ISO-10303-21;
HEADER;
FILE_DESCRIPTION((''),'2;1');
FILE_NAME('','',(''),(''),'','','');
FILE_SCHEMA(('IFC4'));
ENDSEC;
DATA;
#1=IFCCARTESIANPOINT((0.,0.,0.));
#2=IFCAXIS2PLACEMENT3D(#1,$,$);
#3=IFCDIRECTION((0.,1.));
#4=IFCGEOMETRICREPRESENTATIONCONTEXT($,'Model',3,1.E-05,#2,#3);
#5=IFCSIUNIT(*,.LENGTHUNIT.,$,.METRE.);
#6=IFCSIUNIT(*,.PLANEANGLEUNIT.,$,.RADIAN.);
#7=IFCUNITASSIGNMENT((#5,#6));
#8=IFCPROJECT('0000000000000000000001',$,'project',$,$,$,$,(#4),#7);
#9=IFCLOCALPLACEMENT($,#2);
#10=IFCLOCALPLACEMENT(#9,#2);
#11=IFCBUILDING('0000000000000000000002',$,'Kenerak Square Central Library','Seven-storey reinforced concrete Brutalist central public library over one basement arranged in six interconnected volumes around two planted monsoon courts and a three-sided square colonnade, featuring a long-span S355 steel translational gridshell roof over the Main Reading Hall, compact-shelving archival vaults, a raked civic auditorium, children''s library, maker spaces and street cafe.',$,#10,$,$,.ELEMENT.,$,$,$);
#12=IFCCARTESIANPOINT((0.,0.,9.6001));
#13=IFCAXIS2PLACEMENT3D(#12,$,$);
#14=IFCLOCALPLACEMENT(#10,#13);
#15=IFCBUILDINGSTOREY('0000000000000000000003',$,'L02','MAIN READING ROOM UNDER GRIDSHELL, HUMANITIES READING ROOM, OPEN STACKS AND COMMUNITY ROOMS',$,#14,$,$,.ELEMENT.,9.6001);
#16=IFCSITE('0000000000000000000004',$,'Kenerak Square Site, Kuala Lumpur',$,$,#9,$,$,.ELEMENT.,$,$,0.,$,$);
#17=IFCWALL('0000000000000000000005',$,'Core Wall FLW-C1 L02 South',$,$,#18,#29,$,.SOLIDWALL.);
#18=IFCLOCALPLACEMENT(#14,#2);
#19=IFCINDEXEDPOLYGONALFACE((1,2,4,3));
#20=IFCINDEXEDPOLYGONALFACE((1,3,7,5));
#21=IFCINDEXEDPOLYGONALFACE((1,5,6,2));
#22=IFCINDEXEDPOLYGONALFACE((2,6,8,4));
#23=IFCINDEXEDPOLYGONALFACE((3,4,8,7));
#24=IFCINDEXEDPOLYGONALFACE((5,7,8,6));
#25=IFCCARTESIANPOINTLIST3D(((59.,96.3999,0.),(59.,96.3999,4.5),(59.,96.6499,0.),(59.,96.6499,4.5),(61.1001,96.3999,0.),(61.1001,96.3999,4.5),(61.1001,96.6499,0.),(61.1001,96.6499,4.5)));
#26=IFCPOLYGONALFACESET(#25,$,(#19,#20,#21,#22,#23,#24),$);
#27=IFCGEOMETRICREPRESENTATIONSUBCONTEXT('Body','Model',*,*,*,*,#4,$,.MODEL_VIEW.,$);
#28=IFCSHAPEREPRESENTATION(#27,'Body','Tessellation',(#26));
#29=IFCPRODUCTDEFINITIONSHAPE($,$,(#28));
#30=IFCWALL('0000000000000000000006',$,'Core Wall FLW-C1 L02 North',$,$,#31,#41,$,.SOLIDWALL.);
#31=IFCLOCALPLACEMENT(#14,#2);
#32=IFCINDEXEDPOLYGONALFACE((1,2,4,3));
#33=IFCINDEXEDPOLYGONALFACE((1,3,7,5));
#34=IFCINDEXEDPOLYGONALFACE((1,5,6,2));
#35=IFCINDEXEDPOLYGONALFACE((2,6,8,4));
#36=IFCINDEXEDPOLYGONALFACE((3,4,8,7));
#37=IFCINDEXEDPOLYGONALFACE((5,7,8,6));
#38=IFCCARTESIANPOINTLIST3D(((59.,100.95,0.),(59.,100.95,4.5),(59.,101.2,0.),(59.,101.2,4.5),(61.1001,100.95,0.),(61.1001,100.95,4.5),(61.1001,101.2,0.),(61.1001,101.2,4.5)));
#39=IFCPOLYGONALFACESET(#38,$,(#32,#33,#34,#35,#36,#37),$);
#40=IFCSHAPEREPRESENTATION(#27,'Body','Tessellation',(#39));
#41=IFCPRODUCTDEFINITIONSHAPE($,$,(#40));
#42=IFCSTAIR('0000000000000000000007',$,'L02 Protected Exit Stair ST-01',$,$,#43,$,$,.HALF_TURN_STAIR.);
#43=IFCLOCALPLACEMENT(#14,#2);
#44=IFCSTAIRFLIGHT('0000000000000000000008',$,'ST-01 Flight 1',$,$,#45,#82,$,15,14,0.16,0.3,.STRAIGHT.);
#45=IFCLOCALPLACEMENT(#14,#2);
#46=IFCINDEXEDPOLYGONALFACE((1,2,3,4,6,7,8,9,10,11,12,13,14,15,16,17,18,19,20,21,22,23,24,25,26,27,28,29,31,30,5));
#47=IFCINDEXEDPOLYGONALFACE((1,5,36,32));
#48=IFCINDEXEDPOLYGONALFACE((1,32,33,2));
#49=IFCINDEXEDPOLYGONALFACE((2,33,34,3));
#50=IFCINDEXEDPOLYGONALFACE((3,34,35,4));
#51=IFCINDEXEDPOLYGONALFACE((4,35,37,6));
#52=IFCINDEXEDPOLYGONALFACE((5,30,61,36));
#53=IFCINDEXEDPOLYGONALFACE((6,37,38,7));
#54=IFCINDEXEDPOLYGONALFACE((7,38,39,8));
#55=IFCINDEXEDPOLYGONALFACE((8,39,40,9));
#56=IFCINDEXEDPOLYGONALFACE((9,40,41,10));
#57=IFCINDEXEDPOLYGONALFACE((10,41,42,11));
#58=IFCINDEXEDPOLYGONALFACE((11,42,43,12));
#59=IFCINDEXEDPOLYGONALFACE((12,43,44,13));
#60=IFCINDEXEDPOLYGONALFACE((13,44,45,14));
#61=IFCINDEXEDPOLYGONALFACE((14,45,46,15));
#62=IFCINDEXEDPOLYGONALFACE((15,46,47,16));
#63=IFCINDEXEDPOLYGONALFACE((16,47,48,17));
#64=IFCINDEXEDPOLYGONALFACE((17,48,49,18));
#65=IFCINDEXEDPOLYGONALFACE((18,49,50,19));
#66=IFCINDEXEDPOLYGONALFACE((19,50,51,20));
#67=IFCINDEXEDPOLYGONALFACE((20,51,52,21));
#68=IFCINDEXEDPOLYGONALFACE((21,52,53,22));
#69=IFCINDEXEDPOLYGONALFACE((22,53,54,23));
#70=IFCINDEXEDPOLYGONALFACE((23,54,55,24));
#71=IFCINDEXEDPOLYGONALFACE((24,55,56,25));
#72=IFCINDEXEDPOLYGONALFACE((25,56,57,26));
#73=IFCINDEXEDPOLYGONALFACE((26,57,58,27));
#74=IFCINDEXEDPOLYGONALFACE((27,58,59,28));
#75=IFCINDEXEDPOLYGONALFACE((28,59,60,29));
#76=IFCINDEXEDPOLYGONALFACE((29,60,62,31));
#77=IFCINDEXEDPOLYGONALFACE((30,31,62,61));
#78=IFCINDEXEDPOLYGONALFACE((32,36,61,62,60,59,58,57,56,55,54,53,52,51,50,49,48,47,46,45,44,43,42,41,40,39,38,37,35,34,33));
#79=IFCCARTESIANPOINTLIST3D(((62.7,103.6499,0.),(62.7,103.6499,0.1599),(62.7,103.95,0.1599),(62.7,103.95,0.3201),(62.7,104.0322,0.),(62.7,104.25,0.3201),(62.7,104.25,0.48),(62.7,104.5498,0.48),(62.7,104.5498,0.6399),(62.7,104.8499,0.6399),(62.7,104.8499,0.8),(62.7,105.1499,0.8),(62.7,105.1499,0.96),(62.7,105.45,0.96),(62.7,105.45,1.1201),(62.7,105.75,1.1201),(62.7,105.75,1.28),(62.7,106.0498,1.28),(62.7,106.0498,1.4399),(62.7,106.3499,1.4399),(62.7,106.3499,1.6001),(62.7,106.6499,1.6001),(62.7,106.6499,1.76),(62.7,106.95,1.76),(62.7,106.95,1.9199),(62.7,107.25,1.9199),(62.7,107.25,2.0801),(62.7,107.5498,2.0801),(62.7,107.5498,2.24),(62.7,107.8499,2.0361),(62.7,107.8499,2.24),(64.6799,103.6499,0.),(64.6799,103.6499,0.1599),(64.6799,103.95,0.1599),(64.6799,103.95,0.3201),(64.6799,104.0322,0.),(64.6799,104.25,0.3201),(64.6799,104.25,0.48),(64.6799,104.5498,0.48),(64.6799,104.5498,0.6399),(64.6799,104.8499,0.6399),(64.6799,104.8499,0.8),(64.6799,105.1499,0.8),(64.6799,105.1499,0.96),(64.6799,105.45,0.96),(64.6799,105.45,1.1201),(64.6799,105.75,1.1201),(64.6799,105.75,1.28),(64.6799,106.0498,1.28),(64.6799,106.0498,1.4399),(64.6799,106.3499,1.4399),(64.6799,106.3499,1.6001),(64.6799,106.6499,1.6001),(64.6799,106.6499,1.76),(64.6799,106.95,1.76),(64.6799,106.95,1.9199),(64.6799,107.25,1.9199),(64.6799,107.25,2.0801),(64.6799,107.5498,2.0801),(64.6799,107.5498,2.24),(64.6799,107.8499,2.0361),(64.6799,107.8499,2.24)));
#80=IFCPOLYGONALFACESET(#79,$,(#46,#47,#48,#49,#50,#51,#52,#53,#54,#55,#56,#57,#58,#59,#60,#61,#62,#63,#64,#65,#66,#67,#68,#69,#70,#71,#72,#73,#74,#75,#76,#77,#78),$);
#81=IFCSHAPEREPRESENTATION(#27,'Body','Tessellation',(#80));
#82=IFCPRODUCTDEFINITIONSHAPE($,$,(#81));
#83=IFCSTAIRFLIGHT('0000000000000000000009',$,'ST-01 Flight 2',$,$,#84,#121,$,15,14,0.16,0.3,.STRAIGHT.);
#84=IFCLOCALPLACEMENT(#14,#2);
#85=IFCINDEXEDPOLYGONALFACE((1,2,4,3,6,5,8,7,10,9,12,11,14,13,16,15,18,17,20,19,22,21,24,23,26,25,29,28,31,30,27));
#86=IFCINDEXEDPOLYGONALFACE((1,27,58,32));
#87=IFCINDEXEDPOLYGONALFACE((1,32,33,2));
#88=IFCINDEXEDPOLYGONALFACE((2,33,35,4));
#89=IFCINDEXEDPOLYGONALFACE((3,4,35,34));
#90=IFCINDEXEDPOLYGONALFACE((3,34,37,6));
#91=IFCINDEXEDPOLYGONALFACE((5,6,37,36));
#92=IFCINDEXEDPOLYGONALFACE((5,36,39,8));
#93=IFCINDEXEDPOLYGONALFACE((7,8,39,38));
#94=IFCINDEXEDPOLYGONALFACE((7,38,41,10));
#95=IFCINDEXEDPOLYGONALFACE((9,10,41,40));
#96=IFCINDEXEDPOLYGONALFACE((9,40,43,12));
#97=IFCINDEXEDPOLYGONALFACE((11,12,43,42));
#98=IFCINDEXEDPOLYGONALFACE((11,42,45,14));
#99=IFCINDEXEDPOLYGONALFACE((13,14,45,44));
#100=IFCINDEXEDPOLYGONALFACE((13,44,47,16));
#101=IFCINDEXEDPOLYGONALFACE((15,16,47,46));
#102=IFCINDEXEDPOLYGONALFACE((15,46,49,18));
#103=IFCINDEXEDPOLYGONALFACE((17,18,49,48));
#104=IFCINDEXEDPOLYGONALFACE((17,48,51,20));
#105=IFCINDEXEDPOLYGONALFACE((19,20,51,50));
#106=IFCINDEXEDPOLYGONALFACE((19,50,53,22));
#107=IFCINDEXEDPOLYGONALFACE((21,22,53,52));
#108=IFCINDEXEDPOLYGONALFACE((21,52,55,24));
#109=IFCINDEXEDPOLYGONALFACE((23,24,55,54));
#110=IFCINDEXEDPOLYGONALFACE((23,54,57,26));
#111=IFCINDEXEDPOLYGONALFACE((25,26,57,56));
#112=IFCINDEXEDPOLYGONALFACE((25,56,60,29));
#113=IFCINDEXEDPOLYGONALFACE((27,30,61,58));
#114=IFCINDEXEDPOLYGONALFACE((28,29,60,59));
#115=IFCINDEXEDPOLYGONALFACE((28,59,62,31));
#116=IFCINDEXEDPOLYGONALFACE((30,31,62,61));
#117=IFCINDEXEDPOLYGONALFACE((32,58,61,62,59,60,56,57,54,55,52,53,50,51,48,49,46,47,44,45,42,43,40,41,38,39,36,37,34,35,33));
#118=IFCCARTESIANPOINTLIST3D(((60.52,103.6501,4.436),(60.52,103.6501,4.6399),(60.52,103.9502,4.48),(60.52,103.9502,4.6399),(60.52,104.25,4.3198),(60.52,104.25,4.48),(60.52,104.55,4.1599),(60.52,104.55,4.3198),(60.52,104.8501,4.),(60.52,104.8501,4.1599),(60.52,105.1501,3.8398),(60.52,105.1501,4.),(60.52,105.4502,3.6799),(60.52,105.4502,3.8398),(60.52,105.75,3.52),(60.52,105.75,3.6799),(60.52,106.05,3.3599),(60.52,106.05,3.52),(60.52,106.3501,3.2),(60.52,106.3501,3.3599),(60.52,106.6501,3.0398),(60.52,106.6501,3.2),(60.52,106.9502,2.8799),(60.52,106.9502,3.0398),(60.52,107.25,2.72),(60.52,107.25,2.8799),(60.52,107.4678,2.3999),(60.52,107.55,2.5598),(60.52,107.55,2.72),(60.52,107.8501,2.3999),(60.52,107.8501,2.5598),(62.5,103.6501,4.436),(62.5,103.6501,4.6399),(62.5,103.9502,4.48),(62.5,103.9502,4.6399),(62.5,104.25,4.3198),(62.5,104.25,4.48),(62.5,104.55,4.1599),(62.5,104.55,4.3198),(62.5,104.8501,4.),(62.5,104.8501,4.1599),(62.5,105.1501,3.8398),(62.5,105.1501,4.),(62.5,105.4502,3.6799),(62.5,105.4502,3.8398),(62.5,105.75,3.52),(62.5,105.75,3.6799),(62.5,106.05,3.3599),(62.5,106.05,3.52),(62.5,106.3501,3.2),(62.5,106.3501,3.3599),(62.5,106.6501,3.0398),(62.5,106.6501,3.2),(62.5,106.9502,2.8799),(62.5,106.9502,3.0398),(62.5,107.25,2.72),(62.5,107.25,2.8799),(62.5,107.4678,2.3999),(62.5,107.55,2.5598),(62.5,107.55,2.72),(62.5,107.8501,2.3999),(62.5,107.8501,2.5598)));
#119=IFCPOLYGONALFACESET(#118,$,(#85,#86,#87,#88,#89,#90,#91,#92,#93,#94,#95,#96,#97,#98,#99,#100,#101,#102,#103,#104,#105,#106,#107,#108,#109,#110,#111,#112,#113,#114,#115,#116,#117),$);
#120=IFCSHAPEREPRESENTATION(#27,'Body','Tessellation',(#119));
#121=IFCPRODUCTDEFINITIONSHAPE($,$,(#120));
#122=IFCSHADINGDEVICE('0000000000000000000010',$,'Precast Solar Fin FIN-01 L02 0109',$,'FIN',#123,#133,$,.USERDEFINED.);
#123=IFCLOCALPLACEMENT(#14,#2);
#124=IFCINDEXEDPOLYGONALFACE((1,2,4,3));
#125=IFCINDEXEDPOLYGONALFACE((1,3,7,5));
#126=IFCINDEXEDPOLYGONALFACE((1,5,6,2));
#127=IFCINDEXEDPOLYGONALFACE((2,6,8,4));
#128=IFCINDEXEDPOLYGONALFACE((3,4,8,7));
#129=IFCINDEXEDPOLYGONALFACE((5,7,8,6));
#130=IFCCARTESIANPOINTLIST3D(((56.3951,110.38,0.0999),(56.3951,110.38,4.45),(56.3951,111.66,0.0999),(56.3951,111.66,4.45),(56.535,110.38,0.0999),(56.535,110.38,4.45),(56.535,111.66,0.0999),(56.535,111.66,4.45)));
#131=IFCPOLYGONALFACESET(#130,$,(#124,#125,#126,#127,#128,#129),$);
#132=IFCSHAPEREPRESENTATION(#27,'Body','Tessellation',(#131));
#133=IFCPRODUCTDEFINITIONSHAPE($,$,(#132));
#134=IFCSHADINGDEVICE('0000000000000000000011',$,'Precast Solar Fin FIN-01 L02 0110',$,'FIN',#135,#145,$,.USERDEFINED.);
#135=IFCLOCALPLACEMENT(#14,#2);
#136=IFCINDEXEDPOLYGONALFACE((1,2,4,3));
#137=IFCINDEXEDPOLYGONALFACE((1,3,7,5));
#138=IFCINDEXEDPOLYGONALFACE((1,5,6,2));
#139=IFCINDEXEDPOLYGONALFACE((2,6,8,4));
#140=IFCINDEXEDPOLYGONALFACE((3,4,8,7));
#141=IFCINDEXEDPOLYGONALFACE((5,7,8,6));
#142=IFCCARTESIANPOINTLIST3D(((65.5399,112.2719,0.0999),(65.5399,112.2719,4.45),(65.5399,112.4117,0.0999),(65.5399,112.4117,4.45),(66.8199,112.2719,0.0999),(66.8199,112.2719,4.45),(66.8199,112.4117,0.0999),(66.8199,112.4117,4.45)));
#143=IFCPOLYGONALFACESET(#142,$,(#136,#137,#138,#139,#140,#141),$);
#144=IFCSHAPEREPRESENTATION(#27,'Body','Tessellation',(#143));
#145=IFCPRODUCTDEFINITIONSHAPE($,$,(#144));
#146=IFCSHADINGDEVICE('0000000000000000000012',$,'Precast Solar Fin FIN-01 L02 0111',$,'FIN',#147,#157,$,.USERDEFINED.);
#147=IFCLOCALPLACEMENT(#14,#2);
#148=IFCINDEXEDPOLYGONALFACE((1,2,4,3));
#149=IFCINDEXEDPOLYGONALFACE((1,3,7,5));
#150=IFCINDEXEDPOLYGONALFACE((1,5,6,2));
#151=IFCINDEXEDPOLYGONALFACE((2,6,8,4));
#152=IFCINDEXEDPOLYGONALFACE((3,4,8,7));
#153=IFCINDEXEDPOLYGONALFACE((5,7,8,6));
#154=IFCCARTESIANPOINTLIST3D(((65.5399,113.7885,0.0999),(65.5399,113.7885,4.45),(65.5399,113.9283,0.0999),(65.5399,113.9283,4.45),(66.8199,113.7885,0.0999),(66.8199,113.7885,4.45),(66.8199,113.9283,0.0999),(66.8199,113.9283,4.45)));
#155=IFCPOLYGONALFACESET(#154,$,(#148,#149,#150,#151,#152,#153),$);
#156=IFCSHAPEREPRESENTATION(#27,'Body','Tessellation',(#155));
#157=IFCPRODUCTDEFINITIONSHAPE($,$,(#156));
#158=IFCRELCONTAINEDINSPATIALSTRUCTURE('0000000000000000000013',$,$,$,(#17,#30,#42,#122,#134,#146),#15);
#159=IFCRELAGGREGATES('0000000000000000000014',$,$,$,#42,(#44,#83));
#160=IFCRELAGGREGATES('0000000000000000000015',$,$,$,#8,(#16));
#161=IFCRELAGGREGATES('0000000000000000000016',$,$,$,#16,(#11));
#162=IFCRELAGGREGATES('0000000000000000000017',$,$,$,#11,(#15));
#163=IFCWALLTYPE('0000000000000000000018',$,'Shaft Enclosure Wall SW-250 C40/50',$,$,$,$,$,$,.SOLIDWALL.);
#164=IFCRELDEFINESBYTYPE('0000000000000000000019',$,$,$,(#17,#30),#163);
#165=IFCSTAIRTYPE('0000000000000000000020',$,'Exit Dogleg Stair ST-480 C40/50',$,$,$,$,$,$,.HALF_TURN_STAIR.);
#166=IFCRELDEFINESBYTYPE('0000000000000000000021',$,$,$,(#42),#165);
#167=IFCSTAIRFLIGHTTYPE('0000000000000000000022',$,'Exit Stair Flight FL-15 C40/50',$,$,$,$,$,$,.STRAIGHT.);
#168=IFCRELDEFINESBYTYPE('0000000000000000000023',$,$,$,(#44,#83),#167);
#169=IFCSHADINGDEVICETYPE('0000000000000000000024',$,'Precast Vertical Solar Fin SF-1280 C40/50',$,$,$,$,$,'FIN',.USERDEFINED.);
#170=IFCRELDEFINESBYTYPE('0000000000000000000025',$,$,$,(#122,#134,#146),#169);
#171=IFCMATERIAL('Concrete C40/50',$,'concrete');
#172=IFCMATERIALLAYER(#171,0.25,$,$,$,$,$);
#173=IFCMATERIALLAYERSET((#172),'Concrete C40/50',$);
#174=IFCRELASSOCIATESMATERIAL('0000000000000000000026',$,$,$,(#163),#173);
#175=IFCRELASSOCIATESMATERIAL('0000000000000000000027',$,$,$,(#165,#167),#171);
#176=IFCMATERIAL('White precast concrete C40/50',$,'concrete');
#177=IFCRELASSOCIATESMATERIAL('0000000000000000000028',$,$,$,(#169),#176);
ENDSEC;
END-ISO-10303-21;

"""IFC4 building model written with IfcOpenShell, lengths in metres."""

from ifc_helpers import new_model, si_unit, direction, frame, frame_2d, origin, origin_2d, place, context, subcontext, project, spatial, polyline, rectangle, outline, extrude, material, layer, layer_set, type_object, element, aggregate, save


model = new_model("IFC4")

# Units and contexts
model_context = context("Model", 3, precision=1e-05, world=origin(), true_north=direction((0.0, 1.0)))
body_context = subcontext(model_context, "Body", "Model", "MODEL_VIEW")
ifc_project = project(units=[si_unit("LENGTHUNIT", "METRE"), si_unit("PLANEANGLEUNIT", "RADIAN")], contexts=[model_context])

# Site, building, storey
site_placement = place(None, origin())
site = spatial("IfcSite", under=ifc_project, at=site_placement, Name="Kenerak Square Site, Kuala Lumpur", CompositionType="ELEMENT", RefElevation=0.0)
building_placement = place(site_placement, origin())
building = spatial("IfcBuilding", under=site, at=building_placement, Name="Kenerak Square Central Library", Description="Seven-storey reinforced concrete Brutalist central public library over one basement arranged in six interconnected volumes around two planted monsoon courts and a three-sided square colonnade, featuring a long-span S355 steel translational gridshell roof over the Main Reading Hall, compact-shelving archival vaults, a raked civic auditorium, children's library, maker spaces and street cafe.", CompositionType="ELEMENT")
storey_placement = place(building_placement, frame((0.0, 0.0, 9.6001)))
storey = spatial("IfcBuildingStorey", under=building, at=storey_placement, Name="L02", Description="MAIN READING ROOM UNDER GRIDSHELL, HUMANITIES READING ROOM, OPEN STACKS AND COMMUNITY ROOMS", CompositionType="ELEMENT", Elevation=9.6001)

# Shared definitions
ifc_material_1 = material(Name="Concrete C40/50", Category="concrete")

# Shared definitions
ifc_layer_1 = layer(ifc_material_1, 0.25)
ifc_layer_set_1 = layer_set([ifc_layer_1], Name="Concrete C40/50")
wall_type_1 = type_object("IfcWallType", Name="Shaft Enclosure Wall SW-250 C40/50", PredefinedType="SOLIDWALL", material=ifc_layer_set_1)

# Walls
for number, where, z_axis, x_axis, name in (
    (1, (61.1001, 96.5249, 0.0), (0.0, 0.0, 1.0), (-1.0, 0.0, 0.0), "Core Wall FLW-C1 L02 South"),
    (2, (59.0, 101.075, 0.0), (0.0, 0.0, 1.0), (1.0, 0.0, 0.0), "Core Wall FLW-C1 L02 North"),
):
    element("IfcWall", number, at=place(storey_placement, frame(where, z_axis=z_axis, x_axis=x_axis)), inside=storey, type_object=wall_type_1, Name=name, PredefinedType="SOLIDWALL", context=body_context, shape_type="SweptSolid", body=[
        extrude(rectangle(XDim=2.1001, YDim=0.25, at=frame_2d((1.05, 0.0))), origin(), (0.0, 0.0, 1.0), 4.5),
    ])

# Stair, stair flights
stair_type = type_object("IfcStairType", Name="Exit Dogleg Stair ST-480 C40/50", PredefinedType="HALF_TURN_STAIR", material=ifc_material_1)
stair_placement = place(storey_placement, origin())
stair = element("IfcStair", 3, at=stair_placement, inside=storey, type_object=stair_type, Name="L02 Protected Exit Stair ST-01", PredefinedType="HALF_TURN_STAIR")
stair_flight_type = type_object("IfcStairFlightType", Name="Exit Stair Flight FL-15 C40/50", PredefinedType="STRAIGHT", material=ifc_material_1)
stair_flight_1_placement = place(storey_placement, frame((63.6899, 103.6499, 0.0), z_axis=(0.0, 0.0, 1.0), x_axis=(0.0, 1.0, 0.0)))
stair_flight_1 = element("IfcStairFlight", 4, at=stair_flight_1_placement, type_object=stair_flight_type, Name="ST-01 Flight 1", NumberOfRisers=15, NumberOfTreads=14, PredefinedType="STRAIGHT", RiserHeight=0.16, TreadLength=0.3, context=body_context, shape_type="SweptSolid", body=[
    extrude(outline(polyline([(0.0, 0.0), (0.0, 0.1599), (0.3, 0.1599), (0.3, 0.3201), (0.6001, 0.3201), (0.6001, 0.48), (0.8999, 0.48), (0.8999, 0.6399), (1.2, 0.6399), (1.2, 0.8), (1.5, 0.8), (1.5, 0.96), (1.8, 0.96), (1.8, 1.1201), (2.1001, 1.1201), (2.1001, 1.28), (2.3999, 1.28), (2.3999, 1.4399), (2.7, 1.4399), (2.7, 1.6001), (3.0, 1.6001), (3.0, 1.76), (3.3, 1.76), (3.3, 1.9199), (3.6001, 1.9199), (3.6001, 2.0801), (3.8999, 2.0801), (3.8999, 2.24), (4.2, 2.24), (4.2, 2.3999), (4.2, 2.0361), (0.3823, 0.0), (0.0, 0.0)])), frame((0.0, 0.99, 0.0), z_axis=(0.0, -1.0, 0.0), x_axis=(1.0, 0.0, 0.0)), (0.0, 0.0, 1.0), 1.98),
])
stair_flight_2_placement = place(storey_placement, frame((61.51, 107.8501, 2.3999), z_axis=(0.0, 0.0, 1.0), x_axis=(0.0, -1.0, 0.0)))
stair_flight_2 = element("IfcStairFlight", 5, at=stair_flight_2_placement, type_object=stair_flight_type, Name="ST-01 Flight 2", NumberOfRisers=15, NumberOfTreads=14, PredefinedType="STRAIGHT", RiserHeight=0.16, TreadLength=0.3, context=body_context, shape_type="SweptSolid", body=[
    extrude(outline(polyline([(0.0, 0.0), (0.0, 0.1599), (0.3, 0.1599), (0.3, 0.3201), (0.6001, 0.3201), (0.6001, 0.48), (0.8999, 0.48), (0.8999, 0.6399), (1.2, 0.6399), (1.2, 0.8), (1.5, 0.8), (1.5, 0.96), (1.8, 0.96), (1.8, 1.1201), (2.1001, 1.1201), (2.1001, 1.28), (2.3999, 1.28), (2.3999, 1.4399), (2.7, 1.4399), (2.7, 1.6001), (3.0, 1.6001), (3.0, 1.76), (3.3, 1.76), (3.3, 1.9199), (3.6001, 1.9199), (3.6001, 2.0801), (3.8999, 2.0801), (3.8999, 2.24), (4.2, 2.24), (4.2, 2.3999), (4.2, 2.0361), (0.3823, 0.0), (0.0, 0.0)])), frame((0.0, 0.99, 0.0), z_axis=(0.0, -1.0, 0.0), x_axis=(1.0, 0.0, 0.0)), (0.0, 0.0, 1.0), 1.98),
])
aggregate(stair, [stair_flight_1, stair_flight_2])

# Shading devices
ifc_material_2 = material(Name="White precast concrete C40/50", Category="concrete")
shading_device_type = type_object("IfcShadingDeviceType", Name="Precast Vertical Solar Fin SF-1280 C40/50", ElementType="FIN", PredefinedType="USERDEFINED", material=ifc_material_2)
for number, where, z_axis, x_axis, name in (
    (6, (56.4651, 111.02, 0.0999), (0.0, 0.0, 1.0), (1.0, 0.0, 0.0), "Precast Solar Fin FIN-01 L02 0109"),
    (7, (66.1799, 112.3418, 0.0999), (0.0, 0.0, 1.0), (0.0, 1.0, 0.0), "Precast Solar Fin FIN-01 L02 0110"),
    (8, (66.1799, 113.8584, 0.0999), (0.0, 0.0, 1.0), (0.0, 1.0, 0.0), "Precast Solar Fin FIN-01 L02 0111"),
):
    element("IfcShadingDevice", number, at=place(storey_placement, frame(where, z_axis=z_axis, x_axis=x_axis)), inside=storey, type_object=shading_device_type, Name=name, ObjectType="FIN", PredefinedType="USERDEFINED", context=body_context, shape_type="SweptSolid", body=[
        extrude(rectangle(XDim=0.1399, YDim=1.28, at=origin_2d()), origin(), (0.0, 0.0, 1.0), 4.3501),
    ])

save(model, "model.ifc")
